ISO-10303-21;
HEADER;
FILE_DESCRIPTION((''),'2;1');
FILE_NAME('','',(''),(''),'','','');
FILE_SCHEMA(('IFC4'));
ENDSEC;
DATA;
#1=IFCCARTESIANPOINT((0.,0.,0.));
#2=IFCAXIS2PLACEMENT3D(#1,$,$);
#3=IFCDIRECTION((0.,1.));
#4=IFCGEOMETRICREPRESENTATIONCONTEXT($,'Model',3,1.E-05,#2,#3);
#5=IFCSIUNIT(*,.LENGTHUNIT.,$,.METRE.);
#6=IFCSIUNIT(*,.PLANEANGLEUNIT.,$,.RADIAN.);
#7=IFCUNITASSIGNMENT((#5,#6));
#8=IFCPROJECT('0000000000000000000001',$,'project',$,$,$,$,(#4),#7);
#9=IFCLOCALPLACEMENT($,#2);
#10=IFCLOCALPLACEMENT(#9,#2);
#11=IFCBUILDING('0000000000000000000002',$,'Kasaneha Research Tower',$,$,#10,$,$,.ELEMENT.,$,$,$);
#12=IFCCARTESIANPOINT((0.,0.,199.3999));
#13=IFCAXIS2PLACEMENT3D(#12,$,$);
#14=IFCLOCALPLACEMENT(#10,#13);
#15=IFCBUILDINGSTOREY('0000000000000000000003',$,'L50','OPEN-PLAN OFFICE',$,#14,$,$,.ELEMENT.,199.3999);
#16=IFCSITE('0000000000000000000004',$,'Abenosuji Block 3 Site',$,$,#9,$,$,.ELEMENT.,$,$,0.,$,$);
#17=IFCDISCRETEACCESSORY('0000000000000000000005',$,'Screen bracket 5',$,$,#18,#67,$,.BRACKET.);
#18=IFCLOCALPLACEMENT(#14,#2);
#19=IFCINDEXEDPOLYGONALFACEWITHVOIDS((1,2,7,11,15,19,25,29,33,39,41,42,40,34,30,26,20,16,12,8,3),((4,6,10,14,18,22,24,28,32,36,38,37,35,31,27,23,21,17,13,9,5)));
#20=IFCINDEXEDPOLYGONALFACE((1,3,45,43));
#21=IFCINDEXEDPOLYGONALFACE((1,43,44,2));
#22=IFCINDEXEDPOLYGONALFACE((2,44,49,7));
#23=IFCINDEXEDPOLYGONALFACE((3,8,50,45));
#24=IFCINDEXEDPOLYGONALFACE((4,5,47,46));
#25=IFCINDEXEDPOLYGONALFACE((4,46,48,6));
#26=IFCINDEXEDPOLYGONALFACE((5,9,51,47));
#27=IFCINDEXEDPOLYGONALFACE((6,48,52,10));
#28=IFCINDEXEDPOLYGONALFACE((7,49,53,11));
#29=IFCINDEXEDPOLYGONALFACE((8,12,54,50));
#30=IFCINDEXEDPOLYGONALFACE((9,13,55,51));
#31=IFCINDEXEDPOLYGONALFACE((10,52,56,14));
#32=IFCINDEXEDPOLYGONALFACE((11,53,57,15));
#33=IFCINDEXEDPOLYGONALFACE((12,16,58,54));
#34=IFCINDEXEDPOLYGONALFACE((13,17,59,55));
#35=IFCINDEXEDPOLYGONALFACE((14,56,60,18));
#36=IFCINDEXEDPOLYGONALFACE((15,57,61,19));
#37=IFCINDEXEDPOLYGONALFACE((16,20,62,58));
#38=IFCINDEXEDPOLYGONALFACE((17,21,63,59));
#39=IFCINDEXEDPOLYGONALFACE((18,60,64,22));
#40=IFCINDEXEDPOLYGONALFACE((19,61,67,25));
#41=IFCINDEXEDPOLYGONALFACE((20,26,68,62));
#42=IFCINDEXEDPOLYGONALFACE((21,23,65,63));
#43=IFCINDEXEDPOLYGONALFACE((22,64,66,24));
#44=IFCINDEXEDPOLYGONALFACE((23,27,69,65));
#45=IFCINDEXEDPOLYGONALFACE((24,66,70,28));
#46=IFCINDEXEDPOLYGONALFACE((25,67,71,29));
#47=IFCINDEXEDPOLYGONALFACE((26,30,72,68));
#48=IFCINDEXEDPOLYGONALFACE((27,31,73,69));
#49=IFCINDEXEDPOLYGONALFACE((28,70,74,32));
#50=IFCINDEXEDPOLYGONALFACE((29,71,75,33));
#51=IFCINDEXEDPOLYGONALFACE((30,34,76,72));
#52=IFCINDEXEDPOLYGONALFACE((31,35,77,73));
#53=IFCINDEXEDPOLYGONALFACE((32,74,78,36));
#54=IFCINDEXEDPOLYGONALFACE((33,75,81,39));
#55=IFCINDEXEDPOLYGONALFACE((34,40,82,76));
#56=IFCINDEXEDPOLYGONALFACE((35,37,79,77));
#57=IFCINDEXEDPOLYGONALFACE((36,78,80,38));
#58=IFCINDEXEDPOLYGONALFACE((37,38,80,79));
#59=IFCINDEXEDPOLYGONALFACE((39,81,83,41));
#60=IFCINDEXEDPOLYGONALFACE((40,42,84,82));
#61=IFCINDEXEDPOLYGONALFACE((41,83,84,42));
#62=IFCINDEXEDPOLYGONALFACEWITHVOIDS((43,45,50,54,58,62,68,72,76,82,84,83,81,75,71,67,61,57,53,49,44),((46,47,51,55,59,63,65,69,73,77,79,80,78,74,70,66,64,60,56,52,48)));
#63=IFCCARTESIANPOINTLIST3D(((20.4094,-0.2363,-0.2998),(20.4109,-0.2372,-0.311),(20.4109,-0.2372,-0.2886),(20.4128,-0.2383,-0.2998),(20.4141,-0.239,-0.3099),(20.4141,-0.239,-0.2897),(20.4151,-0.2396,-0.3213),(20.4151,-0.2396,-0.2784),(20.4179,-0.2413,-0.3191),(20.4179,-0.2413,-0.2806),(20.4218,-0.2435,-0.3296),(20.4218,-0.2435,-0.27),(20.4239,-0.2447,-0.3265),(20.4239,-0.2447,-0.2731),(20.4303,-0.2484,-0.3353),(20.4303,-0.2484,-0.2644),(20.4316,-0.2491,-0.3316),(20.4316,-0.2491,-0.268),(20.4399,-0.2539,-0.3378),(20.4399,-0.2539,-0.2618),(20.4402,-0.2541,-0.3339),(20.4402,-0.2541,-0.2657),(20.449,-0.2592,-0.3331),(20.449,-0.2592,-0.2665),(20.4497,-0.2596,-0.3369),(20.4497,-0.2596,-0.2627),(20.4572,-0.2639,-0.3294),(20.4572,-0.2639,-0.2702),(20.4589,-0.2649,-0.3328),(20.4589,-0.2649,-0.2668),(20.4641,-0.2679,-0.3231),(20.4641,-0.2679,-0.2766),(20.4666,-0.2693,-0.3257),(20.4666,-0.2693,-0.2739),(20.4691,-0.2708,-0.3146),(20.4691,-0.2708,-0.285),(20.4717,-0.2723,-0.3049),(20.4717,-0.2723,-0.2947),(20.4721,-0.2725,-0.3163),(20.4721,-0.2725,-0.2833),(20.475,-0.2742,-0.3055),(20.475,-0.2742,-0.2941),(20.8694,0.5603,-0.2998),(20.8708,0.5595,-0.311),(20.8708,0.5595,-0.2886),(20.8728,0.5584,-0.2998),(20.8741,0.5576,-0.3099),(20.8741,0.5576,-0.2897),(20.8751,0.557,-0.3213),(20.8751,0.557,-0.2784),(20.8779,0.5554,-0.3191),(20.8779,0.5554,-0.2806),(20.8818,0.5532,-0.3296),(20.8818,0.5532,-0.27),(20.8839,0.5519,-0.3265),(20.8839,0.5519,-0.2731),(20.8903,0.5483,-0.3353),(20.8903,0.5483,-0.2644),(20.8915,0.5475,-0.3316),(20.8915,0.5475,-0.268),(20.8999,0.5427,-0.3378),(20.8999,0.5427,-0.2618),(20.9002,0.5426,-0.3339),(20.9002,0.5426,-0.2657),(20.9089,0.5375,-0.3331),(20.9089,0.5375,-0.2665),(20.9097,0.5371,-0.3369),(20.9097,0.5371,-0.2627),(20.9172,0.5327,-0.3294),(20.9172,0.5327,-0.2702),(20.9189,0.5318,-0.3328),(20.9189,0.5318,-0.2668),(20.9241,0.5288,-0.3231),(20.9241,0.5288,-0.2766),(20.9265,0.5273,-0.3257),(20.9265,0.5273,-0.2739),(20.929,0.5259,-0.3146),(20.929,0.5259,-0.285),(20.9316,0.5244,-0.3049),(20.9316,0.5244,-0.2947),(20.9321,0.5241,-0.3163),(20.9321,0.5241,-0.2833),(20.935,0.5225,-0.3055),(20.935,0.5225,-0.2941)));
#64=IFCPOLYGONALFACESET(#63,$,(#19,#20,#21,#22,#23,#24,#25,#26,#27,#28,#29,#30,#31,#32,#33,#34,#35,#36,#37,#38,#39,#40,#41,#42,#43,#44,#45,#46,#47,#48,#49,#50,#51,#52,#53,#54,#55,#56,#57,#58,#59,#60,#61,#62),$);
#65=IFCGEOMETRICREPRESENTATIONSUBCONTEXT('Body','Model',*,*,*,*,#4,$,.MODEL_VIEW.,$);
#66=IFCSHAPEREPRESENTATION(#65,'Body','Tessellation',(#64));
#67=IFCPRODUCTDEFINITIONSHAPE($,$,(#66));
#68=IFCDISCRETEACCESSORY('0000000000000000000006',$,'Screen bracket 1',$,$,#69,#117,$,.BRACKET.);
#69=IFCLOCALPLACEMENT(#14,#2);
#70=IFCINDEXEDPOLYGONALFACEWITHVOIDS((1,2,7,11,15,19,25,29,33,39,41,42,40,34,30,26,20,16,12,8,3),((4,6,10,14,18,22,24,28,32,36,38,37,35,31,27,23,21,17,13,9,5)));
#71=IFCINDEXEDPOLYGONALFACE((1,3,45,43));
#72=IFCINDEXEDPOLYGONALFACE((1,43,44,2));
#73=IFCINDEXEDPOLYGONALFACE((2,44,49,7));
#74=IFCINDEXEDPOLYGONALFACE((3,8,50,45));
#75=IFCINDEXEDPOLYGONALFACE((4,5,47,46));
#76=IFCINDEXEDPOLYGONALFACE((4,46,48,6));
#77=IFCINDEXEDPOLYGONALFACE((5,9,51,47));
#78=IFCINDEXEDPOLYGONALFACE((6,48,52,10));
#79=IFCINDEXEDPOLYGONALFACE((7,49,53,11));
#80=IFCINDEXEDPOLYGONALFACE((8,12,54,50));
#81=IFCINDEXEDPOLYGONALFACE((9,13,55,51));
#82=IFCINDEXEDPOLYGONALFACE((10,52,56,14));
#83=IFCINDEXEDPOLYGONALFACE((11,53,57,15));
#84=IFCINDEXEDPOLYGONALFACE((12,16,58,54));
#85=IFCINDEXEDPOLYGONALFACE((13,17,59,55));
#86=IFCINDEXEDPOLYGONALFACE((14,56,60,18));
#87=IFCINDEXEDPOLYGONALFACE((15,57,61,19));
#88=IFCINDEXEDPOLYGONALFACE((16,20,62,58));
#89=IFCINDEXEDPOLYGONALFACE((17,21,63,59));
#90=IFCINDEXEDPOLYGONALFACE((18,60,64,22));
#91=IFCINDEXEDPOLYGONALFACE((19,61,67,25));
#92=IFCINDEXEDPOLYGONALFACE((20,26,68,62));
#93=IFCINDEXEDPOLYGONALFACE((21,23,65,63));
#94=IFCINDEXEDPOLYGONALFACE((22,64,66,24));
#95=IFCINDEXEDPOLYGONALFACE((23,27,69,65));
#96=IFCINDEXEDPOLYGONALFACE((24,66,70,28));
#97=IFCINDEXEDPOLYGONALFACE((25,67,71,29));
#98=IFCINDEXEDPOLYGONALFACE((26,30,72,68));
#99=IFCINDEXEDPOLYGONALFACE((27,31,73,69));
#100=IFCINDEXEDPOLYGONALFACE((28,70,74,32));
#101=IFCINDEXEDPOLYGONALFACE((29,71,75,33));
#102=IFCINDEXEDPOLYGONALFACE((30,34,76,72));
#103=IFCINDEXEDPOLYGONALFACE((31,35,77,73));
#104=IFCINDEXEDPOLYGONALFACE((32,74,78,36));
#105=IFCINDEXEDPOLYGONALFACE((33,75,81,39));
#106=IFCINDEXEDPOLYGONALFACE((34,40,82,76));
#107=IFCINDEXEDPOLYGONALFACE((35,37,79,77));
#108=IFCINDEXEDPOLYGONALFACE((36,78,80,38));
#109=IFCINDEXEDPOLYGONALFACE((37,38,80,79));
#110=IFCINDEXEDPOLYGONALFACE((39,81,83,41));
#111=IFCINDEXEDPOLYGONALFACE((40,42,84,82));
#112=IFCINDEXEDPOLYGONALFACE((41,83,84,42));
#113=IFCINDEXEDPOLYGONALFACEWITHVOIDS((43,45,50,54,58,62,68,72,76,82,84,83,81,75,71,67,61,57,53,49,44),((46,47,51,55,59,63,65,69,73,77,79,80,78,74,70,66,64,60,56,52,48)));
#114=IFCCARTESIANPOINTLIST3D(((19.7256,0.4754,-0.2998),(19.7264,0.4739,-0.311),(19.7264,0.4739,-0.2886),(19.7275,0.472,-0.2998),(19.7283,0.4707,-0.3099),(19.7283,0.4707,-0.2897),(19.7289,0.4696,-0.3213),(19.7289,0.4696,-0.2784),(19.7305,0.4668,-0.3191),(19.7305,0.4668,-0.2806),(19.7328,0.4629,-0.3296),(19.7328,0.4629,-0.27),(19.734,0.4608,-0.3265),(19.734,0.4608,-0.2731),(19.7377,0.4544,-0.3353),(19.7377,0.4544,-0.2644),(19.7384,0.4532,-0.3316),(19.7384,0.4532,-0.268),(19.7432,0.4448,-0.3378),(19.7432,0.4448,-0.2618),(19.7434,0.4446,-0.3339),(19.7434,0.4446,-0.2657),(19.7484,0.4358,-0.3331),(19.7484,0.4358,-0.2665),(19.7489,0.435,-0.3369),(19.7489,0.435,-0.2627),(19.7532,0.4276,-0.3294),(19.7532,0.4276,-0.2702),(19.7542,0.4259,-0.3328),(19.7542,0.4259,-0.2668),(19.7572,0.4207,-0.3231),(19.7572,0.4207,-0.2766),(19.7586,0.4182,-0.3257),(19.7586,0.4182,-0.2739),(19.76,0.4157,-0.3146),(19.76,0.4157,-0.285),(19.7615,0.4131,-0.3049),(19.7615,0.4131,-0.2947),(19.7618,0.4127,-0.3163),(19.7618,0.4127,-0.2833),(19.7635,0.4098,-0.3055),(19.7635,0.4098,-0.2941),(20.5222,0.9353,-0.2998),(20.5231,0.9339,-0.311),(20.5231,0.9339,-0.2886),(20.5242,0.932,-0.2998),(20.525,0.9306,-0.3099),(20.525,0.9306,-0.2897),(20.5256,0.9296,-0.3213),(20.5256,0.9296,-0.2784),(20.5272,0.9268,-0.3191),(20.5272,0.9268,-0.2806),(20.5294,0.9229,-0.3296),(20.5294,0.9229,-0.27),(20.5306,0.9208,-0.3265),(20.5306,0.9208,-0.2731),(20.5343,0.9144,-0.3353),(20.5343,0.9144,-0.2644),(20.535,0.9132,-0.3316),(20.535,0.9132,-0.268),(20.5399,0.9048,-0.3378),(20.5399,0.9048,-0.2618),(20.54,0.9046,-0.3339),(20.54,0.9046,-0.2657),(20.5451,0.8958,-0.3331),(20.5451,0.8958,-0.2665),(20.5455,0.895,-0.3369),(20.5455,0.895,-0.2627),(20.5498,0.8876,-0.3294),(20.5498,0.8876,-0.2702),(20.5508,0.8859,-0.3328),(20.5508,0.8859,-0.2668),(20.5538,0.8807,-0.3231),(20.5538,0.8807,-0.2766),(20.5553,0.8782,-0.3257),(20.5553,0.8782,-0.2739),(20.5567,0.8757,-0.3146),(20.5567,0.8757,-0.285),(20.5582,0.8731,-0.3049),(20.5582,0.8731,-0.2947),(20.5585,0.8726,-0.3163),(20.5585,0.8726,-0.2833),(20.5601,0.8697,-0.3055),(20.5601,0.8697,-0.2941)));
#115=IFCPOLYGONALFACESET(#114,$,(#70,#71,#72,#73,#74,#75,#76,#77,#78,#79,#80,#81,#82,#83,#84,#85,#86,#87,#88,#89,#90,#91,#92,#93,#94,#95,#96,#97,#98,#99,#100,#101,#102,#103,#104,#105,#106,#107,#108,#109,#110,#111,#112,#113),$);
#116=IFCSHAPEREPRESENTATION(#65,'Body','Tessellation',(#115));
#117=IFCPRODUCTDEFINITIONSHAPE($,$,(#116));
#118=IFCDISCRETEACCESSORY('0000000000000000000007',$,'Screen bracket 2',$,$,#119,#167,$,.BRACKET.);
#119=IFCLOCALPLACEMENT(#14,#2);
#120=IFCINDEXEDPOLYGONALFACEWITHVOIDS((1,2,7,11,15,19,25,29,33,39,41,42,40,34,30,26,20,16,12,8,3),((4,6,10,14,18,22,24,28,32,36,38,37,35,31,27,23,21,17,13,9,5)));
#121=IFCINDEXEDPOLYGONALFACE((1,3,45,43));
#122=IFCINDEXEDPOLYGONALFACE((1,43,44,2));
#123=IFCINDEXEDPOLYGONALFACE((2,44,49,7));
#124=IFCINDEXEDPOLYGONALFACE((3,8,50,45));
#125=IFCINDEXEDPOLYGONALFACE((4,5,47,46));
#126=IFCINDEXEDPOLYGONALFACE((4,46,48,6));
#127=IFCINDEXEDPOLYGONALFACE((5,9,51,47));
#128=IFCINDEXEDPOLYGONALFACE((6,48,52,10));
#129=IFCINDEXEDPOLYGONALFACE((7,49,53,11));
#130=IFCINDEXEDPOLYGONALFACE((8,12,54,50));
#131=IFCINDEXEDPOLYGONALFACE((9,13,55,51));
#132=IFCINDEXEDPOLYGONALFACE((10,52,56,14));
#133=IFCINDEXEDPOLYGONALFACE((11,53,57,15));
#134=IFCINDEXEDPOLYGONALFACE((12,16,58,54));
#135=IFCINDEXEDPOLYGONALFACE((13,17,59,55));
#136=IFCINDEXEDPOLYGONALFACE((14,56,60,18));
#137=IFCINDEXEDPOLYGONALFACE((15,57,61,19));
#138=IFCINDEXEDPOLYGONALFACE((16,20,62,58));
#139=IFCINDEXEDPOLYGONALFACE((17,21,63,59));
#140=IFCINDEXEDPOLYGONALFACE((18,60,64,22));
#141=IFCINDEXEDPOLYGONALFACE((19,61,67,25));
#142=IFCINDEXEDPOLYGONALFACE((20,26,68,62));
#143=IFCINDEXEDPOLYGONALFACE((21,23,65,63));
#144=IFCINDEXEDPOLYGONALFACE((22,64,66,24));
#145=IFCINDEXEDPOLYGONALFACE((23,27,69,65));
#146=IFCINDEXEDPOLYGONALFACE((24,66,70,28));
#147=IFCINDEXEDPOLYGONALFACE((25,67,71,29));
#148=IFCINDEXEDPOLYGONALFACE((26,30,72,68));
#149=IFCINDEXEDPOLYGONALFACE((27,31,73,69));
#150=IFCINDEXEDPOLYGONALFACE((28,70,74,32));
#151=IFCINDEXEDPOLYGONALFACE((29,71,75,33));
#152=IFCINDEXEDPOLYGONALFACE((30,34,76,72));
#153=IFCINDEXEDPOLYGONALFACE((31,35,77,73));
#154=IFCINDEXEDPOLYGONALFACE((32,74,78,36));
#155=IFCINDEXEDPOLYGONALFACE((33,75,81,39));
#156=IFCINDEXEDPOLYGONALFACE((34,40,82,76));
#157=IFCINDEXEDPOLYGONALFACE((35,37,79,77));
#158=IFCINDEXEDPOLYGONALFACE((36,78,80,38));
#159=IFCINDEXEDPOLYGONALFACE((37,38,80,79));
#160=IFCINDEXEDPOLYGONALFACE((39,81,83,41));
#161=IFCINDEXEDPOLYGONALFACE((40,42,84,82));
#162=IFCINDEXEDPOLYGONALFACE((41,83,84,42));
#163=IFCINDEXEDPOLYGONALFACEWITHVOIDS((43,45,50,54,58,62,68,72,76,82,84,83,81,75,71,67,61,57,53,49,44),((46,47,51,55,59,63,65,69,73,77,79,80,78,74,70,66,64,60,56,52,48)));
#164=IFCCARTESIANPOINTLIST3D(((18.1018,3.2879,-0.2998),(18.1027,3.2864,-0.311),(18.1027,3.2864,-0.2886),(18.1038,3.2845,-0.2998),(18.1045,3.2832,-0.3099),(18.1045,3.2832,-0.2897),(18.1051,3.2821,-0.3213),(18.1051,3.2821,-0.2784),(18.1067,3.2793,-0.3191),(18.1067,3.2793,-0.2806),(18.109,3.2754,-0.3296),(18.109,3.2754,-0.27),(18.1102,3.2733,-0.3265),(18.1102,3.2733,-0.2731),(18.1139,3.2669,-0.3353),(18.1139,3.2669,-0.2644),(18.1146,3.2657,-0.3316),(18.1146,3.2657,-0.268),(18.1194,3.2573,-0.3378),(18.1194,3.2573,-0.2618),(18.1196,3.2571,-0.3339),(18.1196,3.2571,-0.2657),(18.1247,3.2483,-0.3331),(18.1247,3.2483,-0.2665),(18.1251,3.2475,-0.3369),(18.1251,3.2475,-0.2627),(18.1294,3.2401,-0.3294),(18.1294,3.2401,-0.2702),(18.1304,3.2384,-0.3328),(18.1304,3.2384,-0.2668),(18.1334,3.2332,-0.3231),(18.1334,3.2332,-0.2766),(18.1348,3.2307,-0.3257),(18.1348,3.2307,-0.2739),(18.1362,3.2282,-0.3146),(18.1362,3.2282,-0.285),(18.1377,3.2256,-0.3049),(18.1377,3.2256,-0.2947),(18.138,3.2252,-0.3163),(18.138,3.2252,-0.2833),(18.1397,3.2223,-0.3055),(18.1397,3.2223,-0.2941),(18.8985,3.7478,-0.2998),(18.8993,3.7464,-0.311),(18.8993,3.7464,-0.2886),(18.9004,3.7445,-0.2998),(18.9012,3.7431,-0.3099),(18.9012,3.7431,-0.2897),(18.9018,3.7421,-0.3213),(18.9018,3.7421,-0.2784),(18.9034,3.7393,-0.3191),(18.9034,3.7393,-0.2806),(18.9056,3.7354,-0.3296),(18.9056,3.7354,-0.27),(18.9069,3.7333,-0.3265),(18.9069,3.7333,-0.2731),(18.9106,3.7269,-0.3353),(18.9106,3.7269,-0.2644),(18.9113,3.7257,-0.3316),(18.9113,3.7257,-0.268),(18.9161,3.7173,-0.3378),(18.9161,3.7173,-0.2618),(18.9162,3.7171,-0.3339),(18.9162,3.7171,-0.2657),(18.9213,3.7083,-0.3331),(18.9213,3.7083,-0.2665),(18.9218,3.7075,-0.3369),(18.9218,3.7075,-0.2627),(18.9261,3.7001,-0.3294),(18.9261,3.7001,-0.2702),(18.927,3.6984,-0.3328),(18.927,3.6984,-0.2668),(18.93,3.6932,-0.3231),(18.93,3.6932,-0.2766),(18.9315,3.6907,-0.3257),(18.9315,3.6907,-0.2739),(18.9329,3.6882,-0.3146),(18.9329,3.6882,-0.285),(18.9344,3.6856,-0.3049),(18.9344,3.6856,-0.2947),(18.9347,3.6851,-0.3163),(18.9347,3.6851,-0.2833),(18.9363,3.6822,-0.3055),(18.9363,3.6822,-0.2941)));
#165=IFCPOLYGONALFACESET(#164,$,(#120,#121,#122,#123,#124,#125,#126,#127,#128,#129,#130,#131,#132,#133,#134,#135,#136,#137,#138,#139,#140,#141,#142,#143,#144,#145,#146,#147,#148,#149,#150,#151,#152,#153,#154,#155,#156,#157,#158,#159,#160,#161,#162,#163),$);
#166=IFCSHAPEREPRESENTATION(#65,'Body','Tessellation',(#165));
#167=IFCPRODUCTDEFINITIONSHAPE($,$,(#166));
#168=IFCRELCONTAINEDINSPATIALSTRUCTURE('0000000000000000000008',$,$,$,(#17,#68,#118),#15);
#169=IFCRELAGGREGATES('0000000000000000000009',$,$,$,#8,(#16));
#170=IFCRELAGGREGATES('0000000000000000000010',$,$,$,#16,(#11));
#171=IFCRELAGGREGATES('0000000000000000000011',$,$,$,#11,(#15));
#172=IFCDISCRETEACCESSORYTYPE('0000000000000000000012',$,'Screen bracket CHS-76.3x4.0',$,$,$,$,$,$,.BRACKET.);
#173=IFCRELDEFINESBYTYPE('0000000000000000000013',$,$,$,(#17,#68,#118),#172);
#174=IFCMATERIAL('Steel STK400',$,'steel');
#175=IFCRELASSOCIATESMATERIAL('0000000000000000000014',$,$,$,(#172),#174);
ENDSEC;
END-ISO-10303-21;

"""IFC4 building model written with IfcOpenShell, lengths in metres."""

from ifc_helpers import new_model, si_unit, direction, frame, origin, origin_2d, place, context, subcontext, project, spatial, hollow_circle, extrude, material, material_profile, profile_set, type_object, element, save


model = new_model("IFC4")

# Units and contexts
model_context = context("Model", 3, precision=1e-05, world=origin(), true_north=direction((0.0, 1.0)))
body_context = subcontext(model_context, "Body", "Model", "MODEL_VIEW")
ifc_project = project(units=[si_unit("LENGTHUNIT", "METRE"), si_unit("PLANEANGLEUNIT", "RADIAN")], contexts=[model_context])

# Site, building, storey
site_placement = place(None, origin())
site = spatial("IfcSite", under=ifc_project, at=site_placement, Name="Abenosuji Block 3 Site", CompositionType="ELEMENT", RefElevation=0.0)
building_placement = place(site_placement, origin())
building = spatial("IfcBuilding", under=site, at=building_placement, Name="Kasaneha Research Tower", CompositionType="ELEMENT")
storey_placement = place(building_placement, frame((0.0, 0.0, 199.3999)))
storey = spatial("IfcBuildingStorey", under=building, at=storey_placement, Name="L50", Description="OPEN-PLAN OFFICE", CompositionType="ELEMENT", Elevation=199.3999)

# Discrete accessories
ifc_material_1 = material(Name="Steel STK400", Category="steel")
ifc_material_profile_1 = material_profile(ifc_material_1, hollow_circle(Radius=0.0381, WallThickness=0.0039, at=origin_2d()), Name="CHS-76.3x4.0")
ifc_profile_set_1 = profile_set([ifc_material_profile_1], Name="Steel STK400")
discrete_accessory_type = type_object("IfcDiscreteAccessoryType", Name="Screen bracket CHS-76.3x4.0", PredefinedType="BRACKET", material=ifc_profile_set_1)
for number, where, z_axis, x_axis, name in (
    (1, (20.4424, -0.2554, -0.2998), (0.500021, 0.866013, 0.0), (-0.866013, 0.500021, 0.0), "Screen bracket 5"),
    (2, (19.7446, 0.4424, -0.2998), (0.866013, 0.500021, 0.0), (-0.500021, 0.866013, 0.0), "Screen bracket 1"),
    (3, (18.1208, 3.2549, -0.2998), (0.866013, 0.500021, 0.0), (-0.500021, 0.866013, 0.0), "Screen bracket 2"),
):
    element("IfcDiscreteAccessory", number, at=place(storey_placement, frame(where, z_axis=z_axis, x_axis=x_axis)), inside=storey, type_object=discrete_accessory_type, Name=name, PredefinedType="BRACKET", context=body_context, shape_type="SweptSolid", body=[
        extrude(hollow_circle(Radius=0.0381, WallThickness=0.0039, at=origin_2d()), origin(), (0.0, 0.0, 1.0), 0.9199),
    ])

save(model, "model.ifc")
